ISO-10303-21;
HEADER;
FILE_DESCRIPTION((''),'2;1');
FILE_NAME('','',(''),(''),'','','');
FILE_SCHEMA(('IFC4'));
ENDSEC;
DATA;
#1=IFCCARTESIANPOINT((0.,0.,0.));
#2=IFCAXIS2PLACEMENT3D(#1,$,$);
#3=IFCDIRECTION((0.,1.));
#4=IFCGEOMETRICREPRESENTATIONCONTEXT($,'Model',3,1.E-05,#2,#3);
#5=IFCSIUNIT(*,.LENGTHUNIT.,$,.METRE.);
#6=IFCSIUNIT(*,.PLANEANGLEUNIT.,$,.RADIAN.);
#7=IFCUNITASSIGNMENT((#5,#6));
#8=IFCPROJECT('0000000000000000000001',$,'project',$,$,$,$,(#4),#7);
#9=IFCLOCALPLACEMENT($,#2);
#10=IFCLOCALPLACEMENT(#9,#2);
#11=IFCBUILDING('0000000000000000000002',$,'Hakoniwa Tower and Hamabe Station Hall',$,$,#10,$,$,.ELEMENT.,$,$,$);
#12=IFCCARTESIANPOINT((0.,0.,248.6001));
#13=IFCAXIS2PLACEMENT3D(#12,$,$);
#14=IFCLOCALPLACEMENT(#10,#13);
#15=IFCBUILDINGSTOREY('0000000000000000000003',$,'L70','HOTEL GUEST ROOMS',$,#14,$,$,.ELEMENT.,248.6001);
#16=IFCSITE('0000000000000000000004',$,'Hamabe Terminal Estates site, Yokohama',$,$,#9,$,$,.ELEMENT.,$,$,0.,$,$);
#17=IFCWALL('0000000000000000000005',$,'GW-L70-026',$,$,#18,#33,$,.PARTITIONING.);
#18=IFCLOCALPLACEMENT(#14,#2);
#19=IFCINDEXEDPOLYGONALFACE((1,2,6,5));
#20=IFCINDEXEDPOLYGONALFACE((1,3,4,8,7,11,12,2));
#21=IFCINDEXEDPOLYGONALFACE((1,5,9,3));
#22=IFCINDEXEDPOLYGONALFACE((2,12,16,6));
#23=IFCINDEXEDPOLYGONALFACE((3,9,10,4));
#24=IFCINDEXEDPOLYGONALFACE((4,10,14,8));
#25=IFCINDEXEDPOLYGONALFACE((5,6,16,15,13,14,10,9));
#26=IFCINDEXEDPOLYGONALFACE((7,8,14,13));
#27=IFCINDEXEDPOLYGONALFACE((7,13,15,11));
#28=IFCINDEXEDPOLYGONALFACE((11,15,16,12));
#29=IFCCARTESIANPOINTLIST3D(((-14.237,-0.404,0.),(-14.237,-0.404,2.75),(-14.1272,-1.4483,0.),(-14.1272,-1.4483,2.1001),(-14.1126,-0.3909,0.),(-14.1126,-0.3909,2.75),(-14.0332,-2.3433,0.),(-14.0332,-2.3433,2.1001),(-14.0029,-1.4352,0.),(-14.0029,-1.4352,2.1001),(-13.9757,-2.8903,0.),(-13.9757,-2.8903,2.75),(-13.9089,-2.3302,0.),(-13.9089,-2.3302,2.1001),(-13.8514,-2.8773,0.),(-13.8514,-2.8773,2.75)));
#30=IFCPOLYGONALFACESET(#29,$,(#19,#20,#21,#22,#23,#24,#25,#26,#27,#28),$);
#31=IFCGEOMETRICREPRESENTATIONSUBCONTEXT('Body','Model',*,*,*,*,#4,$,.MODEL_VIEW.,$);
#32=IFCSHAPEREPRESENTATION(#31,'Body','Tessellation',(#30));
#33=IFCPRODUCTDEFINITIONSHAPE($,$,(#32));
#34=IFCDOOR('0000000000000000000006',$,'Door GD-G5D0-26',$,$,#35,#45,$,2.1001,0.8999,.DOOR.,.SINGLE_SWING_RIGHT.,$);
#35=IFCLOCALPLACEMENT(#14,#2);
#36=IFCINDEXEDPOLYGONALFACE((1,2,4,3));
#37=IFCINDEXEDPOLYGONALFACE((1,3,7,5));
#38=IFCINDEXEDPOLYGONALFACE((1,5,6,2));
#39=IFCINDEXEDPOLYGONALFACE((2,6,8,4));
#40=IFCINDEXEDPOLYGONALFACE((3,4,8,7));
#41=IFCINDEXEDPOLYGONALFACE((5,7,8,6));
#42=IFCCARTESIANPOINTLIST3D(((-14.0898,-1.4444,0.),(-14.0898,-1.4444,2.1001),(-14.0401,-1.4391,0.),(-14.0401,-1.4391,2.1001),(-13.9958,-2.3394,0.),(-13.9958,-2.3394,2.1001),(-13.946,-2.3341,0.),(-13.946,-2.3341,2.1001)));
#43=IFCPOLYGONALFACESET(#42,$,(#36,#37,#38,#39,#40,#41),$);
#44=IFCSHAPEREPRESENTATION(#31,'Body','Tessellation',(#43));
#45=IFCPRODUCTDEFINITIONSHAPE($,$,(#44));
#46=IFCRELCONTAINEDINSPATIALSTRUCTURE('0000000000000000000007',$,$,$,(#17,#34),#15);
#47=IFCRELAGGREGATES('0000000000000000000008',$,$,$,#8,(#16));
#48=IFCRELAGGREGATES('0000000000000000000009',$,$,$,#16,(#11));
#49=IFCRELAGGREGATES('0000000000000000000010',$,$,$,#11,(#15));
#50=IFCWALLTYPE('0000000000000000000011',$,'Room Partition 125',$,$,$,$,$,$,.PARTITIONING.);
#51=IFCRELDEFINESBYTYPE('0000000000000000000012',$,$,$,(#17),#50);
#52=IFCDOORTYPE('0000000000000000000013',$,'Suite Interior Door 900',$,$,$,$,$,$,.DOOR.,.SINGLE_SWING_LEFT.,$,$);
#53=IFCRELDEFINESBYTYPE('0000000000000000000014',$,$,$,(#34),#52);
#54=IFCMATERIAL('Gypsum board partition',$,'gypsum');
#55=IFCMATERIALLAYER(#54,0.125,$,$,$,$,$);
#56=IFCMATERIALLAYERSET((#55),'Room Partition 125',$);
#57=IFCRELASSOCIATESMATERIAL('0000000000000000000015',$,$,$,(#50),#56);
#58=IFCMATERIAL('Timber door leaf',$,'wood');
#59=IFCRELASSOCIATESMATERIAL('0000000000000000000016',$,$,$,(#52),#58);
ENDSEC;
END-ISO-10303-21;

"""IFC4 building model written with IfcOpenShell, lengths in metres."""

from ifc_helpers import new_model, si_unit, direction, frame, frame_2d, origin, place, context, subcontext, project, spatial, rectangle, extrude, material, layer, layer_set, type_object, element, fill, save


model = new_model("IFC4")

# Units and contexts
model_context = context("Model", 3, precision=1e-05, world=origin(), true_north=direction((0.0, 1.0)))
body_context = subcontext(model_context, "Body", "Model", "MODEL_VIEW")
ifc_project = project(units=[si_unit("LENGTHUNIT", "METRE"), si_unit("PLANEANGLEUNIT", "RADIAN")], contexts=[model_context])

# Site, building, storey
site_placement = place(None, origin())
site = spatial("IfcSite", under=ifc_project, at=site_placement, Name="Hamabe Terminal Estates site, Yokohama", CompositionType="ELEMENT", RefElevation=0.0)
building_placement = place(site_placement, origin())
building = spatial("IfcBuilding", under=site, at=building_placement, Name="Hakoniwa Tower and Hamabe Station Hall", CompositionType="ELEMENT")
storey_placement = place(building_placement, frame((0.0, 0.0, 248.6001)))
storey = spatial("IfcBuildingStorey", under=building, at=storey_placement, Name="L70", Description="HOTEL GUEST ROOMS", CompositionType="ELEMENT", Elevation=248.6001)

# Wall, opening, door
ifc_material_1 = material(Name="Gypsum board partition", Category="gypsum")
ifc_layer_1 = layer(ifc_material_1, 0.125)
ifc_layer_set_1 = layer_set([ifc_layer_1], Name="Room Partition 125")
wall_type_1 = type_object("IfcWallType", Name="Room Partition 125", PredefinedType="PARTITIONING", material=ifc_layer_set_1)
wall_1_placement = place(storey_placement, frame((-13.9136, -2.8838, 0.0), z_axis=(0.0, 0.0, 1.0), x_axis=(-0.104492, 0.994526, 0.0)))
wall_1 = element("IfcWall", 1, at=wall_1_placement, inside=storey, type_object=wall_type_1, Name="GW-L70-026", PredefinedType="PARTITIONING", context=body_context, shape_type="SweptSolid", body=[
    extrude(rectangle(XDim=2.5, YDim=0.125, at=frame_2d((1.25, 0.0))), origin(), (0.0, 0.0, 1.0), 2.75),
])
opening_placement = place(wall_1_placement, frame((0.55, 0.0, 0.0)))
opening = element("IfcOpeningElement", 2, at=opening_placement, cuts=wall_1, PredefinedType="OPENING", context=body_context, shape_type="SweptSolid", body=[
    extrude(rectangle(XDim=0.8999, YDim=2.1001, at=frame_2d((0.45, 1.05))), frame((0.0, 0.0725, 0.0), z_axis=(0.0, -1.0, 0.0), x_axis=(1.0, 0.0, 0.0)), (0.0, 0.0, 1.0), 0.145),
])
ifc_material_2 = material(Name="Timber door leaf", Category="wood")
door_type = type_object("IfcDoorType", Name="Suite Interior Door 900", OperationType="SINGLE_SWING_LEFT", PredefinedType="DOOR", material=ifc_material_2)
door_placement = place(opening_placement, origin())
door = element("IfcDoor", 3, at=door_placement, inside=storey, type_object=door_type, Name="Door GD-G5D0-26", OperationType="SINGLE_SWING_RIGHT", OverallHeight=2.1001, OverallWidth=0.8999, PredefinedType="DOOR", context=body_context, shape_type="SweptSolid", body=[
    extrude(rectangle(XDim=0.8999, YDim=2.1001, at=frame_2d((0.45, 1.05))), frame((0.0, 0.0249, 0.0), z_axis=(0.0, -1.0, 0.0), x_axis=(1.0, 0.0, 0.0)), (0.0, 0.0, 1.0), 0.05),
])
fill(opening, door)

save(model, "model.ifc")
